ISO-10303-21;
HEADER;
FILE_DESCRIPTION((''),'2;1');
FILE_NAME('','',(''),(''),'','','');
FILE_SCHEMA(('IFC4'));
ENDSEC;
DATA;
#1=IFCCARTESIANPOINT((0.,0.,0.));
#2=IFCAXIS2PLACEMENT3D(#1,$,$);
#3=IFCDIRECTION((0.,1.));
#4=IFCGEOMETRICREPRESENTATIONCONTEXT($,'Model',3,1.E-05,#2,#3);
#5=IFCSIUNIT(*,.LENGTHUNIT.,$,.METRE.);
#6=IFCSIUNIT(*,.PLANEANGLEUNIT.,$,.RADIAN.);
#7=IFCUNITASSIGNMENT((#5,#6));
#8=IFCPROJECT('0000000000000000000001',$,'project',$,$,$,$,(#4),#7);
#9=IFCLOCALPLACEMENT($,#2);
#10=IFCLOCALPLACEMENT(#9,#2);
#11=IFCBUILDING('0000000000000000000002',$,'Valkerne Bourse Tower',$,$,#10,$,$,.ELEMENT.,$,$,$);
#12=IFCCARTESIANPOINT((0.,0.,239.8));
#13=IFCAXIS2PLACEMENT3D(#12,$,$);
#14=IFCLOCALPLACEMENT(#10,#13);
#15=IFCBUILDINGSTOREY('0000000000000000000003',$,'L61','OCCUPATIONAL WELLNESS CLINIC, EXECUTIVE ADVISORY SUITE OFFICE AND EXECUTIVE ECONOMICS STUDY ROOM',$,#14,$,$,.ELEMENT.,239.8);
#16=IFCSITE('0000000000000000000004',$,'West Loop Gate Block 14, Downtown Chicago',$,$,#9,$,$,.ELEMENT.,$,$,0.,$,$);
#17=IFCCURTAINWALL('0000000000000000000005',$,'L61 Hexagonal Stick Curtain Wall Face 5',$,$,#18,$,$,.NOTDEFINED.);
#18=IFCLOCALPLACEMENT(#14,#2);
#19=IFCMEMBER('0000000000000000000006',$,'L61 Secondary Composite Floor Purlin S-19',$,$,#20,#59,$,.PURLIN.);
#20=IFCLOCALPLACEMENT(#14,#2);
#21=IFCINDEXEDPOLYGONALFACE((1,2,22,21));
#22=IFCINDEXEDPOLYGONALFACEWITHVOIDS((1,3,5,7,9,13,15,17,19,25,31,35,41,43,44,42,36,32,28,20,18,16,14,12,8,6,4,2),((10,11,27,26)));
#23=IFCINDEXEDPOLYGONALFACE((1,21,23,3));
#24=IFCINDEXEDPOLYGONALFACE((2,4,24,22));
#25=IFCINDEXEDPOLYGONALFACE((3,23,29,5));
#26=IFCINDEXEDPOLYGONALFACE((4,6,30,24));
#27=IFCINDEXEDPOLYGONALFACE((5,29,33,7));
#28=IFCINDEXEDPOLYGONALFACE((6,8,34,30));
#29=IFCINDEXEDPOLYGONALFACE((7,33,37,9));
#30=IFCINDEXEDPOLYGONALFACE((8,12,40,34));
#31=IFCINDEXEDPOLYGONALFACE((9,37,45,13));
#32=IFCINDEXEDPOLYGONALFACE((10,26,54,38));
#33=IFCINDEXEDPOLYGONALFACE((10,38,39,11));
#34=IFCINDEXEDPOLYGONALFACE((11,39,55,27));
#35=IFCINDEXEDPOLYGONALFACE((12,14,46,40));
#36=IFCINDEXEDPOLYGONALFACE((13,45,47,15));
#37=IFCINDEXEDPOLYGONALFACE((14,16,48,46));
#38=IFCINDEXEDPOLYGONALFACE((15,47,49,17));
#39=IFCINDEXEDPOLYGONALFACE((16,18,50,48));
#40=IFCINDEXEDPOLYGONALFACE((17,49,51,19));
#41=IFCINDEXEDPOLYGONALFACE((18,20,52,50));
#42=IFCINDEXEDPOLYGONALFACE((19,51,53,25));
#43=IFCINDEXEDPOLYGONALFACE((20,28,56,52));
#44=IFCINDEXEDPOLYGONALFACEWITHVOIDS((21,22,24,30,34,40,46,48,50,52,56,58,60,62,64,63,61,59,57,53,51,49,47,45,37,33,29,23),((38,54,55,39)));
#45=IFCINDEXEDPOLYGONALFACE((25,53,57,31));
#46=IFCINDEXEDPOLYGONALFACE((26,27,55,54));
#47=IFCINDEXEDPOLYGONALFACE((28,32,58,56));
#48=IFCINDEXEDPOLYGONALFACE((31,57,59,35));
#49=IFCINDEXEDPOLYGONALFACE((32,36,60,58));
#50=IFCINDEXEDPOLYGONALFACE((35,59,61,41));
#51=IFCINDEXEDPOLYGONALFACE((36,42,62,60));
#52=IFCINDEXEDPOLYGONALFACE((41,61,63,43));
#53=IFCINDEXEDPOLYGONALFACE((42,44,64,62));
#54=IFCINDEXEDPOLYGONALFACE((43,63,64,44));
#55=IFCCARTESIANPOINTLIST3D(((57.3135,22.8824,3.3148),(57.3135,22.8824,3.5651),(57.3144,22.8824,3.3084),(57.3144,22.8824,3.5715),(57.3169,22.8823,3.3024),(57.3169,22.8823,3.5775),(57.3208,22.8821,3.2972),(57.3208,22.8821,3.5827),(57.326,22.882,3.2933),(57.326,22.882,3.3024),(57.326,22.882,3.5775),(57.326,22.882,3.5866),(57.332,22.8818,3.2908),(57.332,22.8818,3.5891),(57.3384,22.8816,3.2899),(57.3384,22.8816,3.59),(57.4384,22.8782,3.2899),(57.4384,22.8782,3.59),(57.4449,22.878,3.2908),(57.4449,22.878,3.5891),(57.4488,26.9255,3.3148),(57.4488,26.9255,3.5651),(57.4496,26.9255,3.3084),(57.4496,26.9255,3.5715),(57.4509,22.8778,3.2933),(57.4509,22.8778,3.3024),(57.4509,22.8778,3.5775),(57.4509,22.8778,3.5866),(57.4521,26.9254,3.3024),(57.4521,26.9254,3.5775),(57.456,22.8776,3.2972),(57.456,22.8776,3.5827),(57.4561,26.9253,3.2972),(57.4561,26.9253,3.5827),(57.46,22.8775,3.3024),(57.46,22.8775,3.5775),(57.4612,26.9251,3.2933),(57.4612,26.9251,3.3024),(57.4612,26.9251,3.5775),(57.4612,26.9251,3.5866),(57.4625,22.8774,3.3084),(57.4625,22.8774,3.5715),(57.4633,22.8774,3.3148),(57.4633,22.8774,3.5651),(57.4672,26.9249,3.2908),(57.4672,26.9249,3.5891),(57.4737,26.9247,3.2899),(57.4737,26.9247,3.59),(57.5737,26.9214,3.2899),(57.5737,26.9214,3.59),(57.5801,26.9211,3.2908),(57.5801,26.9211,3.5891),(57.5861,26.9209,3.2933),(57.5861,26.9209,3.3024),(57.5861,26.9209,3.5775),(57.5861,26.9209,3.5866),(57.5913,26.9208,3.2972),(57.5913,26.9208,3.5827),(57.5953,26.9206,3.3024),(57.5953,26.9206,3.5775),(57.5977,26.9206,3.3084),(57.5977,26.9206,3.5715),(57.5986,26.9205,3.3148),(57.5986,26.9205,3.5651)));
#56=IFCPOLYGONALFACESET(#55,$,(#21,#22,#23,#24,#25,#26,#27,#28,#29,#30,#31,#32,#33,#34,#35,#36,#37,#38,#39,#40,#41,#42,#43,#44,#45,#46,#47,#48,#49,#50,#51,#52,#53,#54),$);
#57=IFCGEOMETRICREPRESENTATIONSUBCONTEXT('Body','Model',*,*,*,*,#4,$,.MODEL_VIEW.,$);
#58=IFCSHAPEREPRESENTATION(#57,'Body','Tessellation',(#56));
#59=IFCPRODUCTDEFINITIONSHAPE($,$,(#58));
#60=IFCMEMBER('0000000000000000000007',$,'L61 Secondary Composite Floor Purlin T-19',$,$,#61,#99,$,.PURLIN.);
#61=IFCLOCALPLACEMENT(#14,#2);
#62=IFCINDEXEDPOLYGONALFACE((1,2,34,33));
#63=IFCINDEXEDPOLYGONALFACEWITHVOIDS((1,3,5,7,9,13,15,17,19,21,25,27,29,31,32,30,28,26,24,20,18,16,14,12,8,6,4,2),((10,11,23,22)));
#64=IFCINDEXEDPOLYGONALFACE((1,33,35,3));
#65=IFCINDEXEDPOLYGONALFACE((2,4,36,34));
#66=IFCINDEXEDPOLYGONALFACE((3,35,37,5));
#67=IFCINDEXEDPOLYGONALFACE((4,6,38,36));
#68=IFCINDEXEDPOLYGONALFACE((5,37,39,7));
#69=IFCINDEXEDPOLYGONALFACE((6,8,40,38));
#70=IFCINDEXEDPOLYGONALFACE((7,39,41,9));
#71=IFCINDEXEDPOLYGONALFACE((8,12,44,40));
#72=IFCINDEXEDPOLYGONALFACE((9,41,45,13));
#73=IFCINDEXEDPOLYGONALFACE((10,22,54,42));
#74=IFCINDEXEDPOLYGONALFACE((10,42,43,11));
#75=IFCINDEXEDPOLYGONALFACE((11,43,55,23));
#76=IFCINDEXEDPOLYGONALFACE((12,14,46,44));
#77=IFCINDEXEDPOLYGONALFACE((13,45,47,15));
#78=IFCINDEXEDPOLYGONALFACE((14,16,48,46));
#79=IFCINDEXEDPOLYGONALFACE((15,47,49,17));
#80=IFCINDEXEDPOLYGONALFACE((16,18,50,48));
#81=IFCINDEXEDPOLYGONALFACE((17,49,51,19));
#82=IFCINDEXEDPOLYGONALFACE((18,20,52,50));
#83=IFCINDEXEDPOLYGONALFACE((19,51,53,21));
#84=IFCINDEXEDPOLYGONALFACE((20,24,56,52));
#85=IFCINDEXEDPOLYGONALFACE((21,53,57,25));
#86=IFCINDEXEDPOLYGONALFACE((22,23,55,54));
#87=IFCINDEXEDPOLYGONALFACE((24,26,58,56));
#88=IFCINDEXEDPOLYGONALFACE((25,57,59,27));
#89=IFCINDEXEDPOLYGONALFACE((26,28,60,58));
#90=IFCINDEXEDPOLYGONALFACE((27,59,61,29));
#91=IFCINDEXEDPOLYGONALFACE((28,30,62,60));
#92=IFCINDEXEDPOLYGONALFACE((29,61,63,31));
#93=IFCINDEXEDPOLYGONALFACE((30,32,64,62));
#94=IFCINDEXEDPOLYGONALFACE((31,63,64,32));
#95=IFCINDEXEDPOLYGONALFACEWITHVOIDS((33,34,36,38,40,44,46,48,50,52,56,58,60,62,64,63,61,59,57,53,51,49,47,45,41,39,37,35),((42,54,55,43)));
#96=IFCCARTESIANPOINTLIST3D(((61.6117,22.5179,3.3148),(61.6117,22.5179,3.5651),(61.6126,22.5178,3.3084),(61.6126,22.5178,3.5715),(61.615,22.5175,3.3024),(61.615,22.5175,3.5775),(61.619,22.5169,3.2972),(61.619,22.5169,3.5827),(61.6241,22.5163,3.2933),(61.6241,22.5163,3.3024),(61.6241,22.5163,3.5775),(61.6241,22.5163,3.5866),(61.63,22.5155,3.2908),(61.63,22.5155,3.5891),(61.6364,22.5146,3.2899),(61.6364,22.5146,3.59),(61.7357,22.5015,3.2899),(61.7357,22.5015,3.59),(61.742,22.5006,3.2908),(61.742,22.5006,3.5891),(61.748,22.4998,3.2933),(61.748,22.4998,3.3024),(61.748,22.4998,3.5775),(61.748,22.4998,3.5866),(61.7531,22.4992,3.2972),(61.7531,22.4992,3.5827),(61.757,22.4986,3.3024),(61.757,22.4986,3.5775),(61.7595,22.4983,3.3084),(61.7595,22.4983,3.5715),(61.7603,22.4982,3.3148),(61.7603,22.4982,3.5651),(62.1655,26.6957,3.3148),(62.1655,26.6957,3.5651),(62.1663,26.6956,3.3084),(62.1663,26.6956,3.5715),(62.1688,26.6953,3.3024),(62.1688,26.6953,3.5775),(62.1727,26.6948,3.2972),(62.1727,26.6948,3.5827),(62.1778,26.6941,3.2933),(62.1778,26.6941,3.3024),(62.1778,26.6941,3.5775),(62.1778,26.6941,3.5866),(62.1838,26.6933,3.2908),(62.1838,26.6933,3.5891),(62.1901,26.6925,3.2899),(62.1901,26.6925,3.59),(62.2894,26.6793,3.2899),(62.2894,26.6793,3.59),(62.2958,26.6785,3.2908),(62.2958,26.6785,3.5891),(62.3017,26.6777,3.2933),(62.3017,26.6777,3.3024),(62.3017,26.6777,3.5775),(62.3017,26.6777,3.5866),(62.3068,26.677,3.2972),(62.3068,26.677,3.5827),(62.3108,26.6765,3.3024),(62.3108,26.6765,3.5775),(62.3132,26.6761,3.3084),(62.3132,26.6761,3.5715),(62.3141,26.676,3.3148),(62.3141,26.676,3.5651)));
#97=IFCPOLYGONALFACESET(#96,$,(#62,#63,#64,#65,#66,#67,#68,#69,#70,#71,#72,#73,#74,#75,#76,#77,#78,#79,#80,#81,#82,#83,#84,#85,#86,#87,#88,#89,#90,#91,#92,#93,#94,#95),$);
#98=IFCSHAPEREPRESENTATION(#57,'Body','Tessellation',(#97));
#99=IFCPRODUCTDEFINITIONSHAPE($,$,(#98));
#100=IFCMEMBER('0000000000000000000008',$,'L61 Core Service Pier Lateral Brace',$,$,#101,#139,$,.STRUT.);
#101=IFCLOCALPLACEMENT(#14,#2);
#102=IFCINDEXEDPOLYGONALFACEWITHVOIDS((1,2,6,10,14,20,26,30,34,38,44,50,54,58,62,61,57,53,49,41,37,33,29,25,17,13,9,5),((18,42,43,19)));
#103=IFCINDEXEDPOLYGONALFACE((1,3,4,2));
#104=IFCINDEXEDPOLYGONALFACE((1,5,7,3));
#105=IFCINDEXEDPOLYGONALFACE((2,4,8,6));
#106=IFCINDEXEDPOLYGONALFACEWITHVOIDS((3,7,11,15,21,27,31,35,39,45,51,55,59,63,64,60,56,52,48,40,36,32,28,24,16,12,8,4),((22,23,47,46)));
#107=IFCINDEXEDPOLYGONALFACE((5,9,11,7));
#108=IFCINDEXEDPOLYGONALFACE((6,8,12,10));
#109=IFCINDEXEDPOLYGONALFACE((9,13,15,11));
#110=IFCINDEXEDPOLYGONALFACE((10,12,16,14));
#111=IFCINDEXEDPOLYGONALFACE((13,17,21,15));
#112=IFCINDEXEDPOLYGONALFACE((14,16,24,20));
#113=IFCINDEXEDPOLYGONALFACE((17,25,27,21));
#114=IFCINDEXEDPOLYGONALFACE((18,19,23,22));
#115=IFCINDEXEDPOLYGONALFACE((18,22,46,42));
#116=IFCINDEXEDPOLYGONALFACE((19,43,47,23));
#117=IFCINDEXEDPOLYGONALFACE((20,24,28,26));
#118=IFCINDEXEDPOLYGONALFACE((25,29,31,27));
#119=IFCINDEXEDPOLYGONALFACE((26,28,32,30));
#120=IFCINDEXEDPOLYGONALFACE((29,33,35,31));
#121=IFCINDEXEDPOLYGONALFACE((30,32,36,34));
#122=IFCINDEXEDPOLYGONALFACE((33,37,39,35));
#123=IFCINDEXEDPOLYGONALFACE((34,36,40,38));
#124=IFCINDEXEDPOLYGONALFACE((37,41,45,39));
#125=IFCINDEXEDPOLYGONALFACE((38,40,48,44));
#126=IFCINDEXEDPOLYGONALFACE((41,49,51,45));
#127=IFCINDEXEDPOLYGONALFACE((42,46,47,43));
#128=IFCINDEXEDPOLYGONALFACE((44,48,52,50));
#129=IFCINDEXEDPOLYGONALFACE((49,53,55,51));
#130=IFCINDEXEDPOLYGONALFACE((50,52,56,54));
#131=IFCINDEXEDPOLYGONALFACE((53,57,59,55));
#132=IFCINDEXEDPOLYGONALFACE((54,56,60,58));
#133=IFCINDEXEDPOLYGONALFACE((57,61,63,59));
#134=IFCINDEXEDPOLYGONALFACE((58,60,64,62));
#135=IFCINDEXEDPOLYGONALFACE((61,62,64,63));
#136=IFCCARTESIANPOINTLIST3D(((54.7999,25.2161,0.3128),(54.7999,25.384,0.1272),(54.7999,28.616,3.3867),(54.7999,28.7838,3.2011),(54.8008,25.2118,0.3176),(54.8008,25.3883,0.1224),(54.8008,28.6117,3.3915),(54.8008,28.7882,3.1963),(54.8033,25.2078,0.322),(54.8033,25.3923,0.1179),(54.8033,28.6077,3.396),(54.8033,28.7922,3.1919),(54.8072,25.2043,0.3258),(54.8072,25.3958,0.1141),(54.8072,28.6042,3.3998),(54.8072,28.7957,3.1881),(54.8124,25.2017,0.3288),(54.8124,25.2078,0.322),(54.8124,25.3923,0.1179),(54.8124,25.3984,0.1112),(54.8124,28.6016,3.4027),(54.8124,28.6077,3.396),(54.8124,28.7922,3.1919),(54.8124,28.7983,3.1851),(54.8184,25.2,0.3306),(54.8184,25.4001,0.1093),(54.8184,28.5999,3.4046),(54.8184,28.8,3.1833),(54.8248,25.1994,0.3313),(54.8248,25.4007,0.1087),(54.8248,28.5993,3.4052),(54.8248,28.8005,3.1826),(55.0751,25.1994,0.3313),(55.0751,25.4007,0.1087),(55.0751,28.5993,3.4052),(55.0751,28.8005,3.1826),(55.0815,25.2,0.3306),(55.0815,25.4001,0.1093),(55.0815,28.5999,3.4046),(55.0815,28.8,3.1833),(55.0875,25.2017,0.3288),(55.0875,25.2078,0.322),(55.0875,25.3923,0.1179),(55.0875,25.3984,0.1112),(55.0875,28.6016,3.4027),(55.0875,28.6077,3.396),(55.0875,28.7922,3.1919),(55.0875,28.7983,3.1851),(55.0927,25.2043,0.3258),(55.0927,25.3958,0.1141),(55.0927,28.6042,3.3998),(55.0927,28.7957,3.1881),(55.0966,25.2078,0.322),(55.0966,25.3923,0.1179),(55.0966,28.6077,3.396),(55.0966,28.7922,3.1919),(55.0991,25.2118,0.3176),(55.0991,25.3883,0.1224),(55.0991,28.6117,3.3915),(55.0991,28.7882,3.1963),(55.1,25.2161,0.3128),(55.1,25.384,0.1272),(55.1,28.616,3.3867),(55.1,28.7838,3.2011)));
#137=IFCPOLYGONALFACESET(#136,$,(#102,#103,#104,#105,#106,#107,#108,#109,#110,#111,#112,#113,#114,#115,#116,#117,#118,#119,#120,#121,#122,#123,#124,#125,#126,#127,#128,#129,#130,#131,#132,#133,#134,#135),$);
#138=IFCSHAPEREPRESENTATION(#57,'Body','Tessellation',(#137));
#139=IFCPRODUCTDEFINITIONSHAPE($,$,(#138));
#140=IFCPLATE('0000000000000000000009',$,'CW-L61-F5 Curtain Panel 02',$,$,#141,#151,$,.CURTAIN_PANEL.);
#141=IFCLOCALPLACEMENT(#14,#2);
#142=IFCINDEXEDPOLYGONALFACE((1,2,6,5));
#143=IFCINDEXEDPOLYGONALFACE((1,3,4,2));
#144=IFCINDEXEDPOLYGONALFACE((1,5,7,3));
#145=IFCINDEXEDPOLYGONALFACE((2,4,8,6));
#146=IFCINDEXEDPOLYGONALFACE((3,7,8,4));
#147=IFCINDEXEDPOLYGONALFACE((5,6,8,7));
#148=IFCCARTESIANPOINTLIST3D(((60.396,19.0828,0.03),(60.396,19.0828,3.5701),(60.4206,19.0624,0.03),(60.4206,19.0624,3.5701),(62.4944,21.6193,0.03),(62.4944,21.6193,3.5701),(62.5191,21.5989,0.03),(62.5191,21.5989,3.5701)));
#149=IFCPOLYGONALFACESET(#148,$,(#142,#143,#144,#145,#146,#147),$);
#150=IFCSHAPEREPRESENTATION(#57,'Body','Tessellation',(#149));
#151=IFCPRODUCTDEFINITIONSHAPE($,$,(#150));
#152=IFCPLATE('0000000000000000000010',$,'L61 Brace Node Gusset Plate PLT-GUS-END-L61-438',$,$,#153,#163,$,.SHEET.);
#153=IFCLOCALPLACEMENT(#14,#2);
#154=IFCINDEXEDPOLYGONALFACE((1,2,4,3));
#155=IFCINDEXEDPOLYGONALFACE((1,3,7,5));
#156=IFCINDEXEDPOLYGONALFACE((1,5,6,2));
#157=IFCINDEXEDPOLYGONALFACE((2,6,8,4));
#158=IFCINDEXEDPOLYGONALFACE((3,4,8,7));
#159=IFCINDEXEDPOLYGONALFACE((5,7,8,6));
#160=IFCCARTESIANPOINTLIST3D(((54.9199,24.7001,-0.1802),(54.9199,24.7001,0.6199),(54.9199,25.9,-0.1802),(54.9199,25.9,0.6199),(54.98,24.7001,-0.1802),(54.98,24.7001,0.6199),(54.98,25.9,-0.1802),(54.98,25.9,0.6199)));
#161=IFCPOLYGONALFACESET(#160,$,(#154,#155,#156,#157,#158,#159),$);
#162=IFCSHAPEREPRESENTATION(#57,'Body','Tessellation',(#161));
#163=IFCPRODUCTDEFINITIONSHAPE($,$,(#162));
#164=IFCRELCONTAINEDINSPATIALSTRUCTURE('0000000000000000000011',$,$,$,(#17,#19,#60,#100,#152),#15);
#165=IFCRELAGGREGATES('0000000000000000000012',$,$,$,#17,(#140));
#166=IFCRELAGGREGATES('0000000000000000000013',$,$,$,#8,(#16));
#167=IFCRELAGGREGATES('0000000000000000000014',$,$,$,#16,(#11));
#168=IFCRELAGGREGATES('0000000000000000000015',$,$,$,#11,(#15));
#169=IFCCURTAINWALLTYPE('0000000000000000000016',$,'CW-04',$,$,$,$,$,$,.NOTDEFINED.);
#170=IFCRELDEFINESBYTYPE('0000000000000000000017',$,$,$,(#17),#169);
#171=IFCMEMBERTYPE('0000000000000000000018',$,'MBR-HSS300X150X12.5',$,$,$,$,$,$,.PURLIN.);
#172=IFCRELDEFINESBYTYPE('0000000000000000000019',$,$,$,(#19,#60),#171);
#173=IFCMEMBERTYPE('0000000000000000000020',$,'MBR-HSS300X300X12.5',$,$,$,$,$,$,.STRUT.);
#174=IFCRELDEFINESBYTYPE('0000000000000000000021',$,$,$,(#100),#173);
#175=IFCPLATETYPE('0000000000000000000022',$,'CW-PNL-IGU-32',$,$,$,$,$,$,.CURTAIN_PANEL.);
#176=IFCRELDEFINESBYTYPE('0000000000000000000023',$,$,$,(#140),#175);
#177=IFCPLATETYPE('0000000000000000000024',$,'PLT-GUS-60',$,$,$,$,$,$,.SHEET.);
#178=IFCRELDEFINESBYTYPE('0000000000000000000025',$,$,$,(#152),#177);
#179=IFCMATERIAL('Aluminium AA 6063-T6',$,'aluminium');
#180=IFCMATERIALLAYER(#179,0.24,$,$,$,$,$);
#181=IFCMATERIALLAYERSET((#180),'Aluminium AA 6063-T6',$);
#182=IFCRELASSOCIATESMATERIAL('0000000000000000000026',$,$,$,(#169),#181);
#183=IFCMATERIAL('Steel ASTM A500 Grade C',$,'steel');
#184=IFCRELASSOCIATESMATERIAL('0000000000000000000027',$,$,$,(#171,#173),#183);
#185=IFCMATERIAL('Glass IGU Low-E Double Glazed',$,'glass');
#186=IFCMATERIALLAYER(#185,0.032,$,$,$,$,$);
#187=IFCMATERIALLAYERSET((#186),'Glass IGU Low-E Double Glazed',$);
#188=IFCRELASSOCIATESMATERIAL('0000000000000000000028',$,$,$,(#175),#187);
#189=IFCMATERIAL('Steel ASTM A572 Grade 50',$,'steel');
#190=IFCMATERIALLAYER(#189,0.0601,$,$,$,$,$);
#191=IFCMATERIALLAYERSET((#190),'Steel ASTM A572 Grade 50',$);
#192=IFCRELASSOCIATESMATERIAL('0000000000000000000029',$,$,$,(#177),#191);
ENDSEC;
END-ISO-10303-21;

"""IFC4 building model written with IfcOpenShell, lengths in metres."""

from ifc_helpers import new_model, si_unit, direction, frame, origin, origin_2d, place, context, subcontext, project, spatial, rectangle, hollow_rectangle, extrude, material, layer, layer_set, material_profile, profile_set, type_object, element, aggregate, save


model = new_model("IFC4")

# Units and contexts
model_context = context("Model", 3, precision=1e-05, world=origin(), true_north=direction((0.0, 1.0)))
body_context = subcontext(model_context, "Body", "Model", "MODEL_VIEW")
ifc_project = project(units=[si_unit("LENGTHUNIT", "METRE"), si_unit("PLANEANGLEUNIT", "RADIAN")], contexts=[model_context])

# Site, building, storey
site_placement = place(None, origin())
site = spatial("IfcSite", under=ifc_project, at=site_placement, Name="West Loop Gate Block 14, Downtown Chicago", CompositionType="ELEMENT", RefElevation=0.0)
building_placement = place(site_placement, origin())
building = spatial("IfcBuilding", under=site, at=building_placement, Name="Valkerne Bourse Tower", CompositionType="ELEMENT")
storey_placement = place(building_placement, frame((0.0, 0.0, 239.8)))
storey = spatial("IfcBuildingStorey", under=building, at=storey_placement, Name="L61", Description="OCCUPATIONAL WELLNESS CLINIC, EXECUTIVE ADVISORY SUITE OFFICE AND EXECUTIVE ECONOMICS STUDY ROOM", CompositionType="ELEMENT", Elevation=239.8)

# Curtain wall
ifc_material_1 = material(Name="Aluminium AA 6063-T6", Category="aluminium")
ifc_layer_1 = layer(ifc_material_1, 0.24)
ifc_layer_set_1 = layer_set([ifc_layer_1], Name="Aluminium AA 6063-T6")
curtain_wall_type = type_object("IfcCurtainWallType", Name="CW-04", PredefinedType="NOTDEFINED", material=ifc_layer_set_1)
curtain_wall_1_placement = place(storey_placement, origin())
curtain_wall_1 = element("IfcCurtainWall", 1, at=curtain_wall_1_placement, inside=storey, type_object=curtain_wall_type, Name="L61 Hexagonal Stick Curtain Wall Face 5", PredefinedType="NOTDEFINED")

# Members
ifc_material_2 = material(Name="Steel ASTM A500 Grade C", Category="steel")
ifc_material_profile_1 = material_profile(ifc_material_2, hollow_rectangle(XDim=0.1499, YDim=0.3, WallThickness=0.0125, OuterFilletRadius=0.0249, at=origin_2d()), Name="HSS300X150X12.5")
ifc_profile_set_1 = profile_set([ifc_material_profile_1], Name="Steel ASTM A500 Grade C")
member_type_1 = type_object("IfcMemberType", Name="MBR-HSS300X150X12.5", PredefinedType="PURLIN", material=ifc_profile_set_1)
member_1_placement = place(storey_placement, frame((57.3884, 22.8799, 3.4399), z_axis=(0.033433, 0.999441, 0.0), x_axis=(-0.999441, 0.033433, 0.0)))
element("IfcMember", 2, at=member_1_placement, inside=storey, type_object=member_type_1, Name="L61 Secondary Composite Floor Purlin S-19", PredefinedType="PURLIN", context=body_context, shape_type="SweptSolid", body=[
    extrude(hollow_rectangle(XDim=0.1499, YDim=0.3, WallThickness=0.0125, OuterFilletRadius=0.0249, at=origin_2d()), origin(), (0.0, 0.0, 1.0), 4.0454),
])
member_2_placement = place(storey_placement, frame((61.686, 22.5081, 3.4399), z_axis=(0.13139, 0.991331, 0.0), x_axis=(-0.991331, 0.13139, 0.0)))
element("IfcMember", 3, at=member_2_placement, inside=storey, type_object=member_type_1, Name="L61 Secondary Composite Floor Purlin T-19", PredefinedType="PURLIN", context=body_context, shape_type="SweptSolid", body=[
    extrude(hollow_rectangle(XDim=0.1499, YDim=0.3, WallThickness=0.0125, OuterFilletRadius=0.0249, at=origin_2d()), origin(), (0.0, 0.0, 1.0), 4.2144),
])
ifc_material_profile_2 = material_profile(ifc_material_2, hollow_rectangle(XDim=0.3, YDim=0.3, WallThickness=0.0125, OuterFilletRadius=0.0249, at=origin_2d()), Name="HSS300X300X12.5")
ifc_profile_set_2 = profile_set([ifc_material_profile_2], Name="Steel ASTM A500 Grade C")
member_type_2 = type_object("IfcMemberType", Name="MBR-HSS300X300X12.5", PredefinedType="STRUT", material=ifc_profile_set_2)
member_3_placement = place(storey_placement, frame((54.95, 25.3, 0.22), z_axis=(0.0, 0.741767, 0.670658), x_axis=(-1.0, 0.0, 0.0)))
element("IfcMember", 4, at=member_3_placement, inside=storey, type_object=member_type_2, Name="L61 Core Service Pier Lateral Brace", PredefinedType="STRUT", context=body_context, shape_type="SweptSolid", body=[
    extrude(hollow_rectangle(XDim=0.3, YDim=0.3, WallThickness=0.0125, OuterFilletRadius=0.0249, at=origin_2d()), origin(), (0.0, 0.0, 1.0), 4.5835),
])

# Plates
ifc_material_3 = material(Name="Glass IGU Low-E Double Glazed", Category="glass")
ifc_layer_2 = layer(ifc_material_3, 0.032)
ifc_layer_set_2 = layer_set([ifc_layer_2], Name="Glass IGU Low-E Double Glazed")
plate_type_1 = type_object("IfcPlateType", Name="CW-PNL-IGU-32", PredefinedType="CURTAIN_PANEL", material=ifc_layer_set_2)
plate_1_placement = place(storey_placement, frame((61.4575, 20.3408, 0.03), z_axis=(0.0, 0.0, 1.0), x_axis=(0.637434, 0.770505, 0.0)))
plate_1 = element("IfcPlate", 5, at=plate_1_placement, type_object=plate_type_1, Name="CW-L61-F5 Curtain Panel 02", PredefinedType="CURTAIN_PANEL", context=body_context, shape_type="SweptSolid", body=[
    extrude(rectangle(XDim=3.292, YDim=0.032, at=origin_2d()), origin(), (0.0, 0.0, 1.0), 3.54),
])
aggregate(curtain_wall_1, [plate_1])
ifc_material_4 = material(Name="Steel ASTM A572 Grade 50", Category="steel")
ifc_layer_3 = layer(ifc_material_4, 0.0601)
ifc_layer_set_3 = layer_set([ifc_layer_3], Name="Steel ASTM A572 Grade 50")
plate_type_2 = type_object("IfcPlateType", Name="PLT-GUS-60", PredefinedType="SHEET", material=ifc_layer_set_3)
plate_2_placement = place(storey_placement, frame((54.95, 25.3, -0.1802), z_axis=(0.0, 0.0, 1.0), x_axis=(0.0, 1.0, 0.0)))
element("IfcPlate", 6, at=plate_2_placement, inside=storey, type_object=plate_type_2, Name="L61 Brace Node Gusset Plate PLT-GUS-END-L61-438", PredefinedType="SHEET", context=body_context, shape_type="SweptSolid", body=[
    extrude(rectangle(XDim=1.2, YDim=0.0601, at=origin_2d()), origin(), (0.0, 0.0, 1.0), 0.8),
])

save(model, "model.ifc")
